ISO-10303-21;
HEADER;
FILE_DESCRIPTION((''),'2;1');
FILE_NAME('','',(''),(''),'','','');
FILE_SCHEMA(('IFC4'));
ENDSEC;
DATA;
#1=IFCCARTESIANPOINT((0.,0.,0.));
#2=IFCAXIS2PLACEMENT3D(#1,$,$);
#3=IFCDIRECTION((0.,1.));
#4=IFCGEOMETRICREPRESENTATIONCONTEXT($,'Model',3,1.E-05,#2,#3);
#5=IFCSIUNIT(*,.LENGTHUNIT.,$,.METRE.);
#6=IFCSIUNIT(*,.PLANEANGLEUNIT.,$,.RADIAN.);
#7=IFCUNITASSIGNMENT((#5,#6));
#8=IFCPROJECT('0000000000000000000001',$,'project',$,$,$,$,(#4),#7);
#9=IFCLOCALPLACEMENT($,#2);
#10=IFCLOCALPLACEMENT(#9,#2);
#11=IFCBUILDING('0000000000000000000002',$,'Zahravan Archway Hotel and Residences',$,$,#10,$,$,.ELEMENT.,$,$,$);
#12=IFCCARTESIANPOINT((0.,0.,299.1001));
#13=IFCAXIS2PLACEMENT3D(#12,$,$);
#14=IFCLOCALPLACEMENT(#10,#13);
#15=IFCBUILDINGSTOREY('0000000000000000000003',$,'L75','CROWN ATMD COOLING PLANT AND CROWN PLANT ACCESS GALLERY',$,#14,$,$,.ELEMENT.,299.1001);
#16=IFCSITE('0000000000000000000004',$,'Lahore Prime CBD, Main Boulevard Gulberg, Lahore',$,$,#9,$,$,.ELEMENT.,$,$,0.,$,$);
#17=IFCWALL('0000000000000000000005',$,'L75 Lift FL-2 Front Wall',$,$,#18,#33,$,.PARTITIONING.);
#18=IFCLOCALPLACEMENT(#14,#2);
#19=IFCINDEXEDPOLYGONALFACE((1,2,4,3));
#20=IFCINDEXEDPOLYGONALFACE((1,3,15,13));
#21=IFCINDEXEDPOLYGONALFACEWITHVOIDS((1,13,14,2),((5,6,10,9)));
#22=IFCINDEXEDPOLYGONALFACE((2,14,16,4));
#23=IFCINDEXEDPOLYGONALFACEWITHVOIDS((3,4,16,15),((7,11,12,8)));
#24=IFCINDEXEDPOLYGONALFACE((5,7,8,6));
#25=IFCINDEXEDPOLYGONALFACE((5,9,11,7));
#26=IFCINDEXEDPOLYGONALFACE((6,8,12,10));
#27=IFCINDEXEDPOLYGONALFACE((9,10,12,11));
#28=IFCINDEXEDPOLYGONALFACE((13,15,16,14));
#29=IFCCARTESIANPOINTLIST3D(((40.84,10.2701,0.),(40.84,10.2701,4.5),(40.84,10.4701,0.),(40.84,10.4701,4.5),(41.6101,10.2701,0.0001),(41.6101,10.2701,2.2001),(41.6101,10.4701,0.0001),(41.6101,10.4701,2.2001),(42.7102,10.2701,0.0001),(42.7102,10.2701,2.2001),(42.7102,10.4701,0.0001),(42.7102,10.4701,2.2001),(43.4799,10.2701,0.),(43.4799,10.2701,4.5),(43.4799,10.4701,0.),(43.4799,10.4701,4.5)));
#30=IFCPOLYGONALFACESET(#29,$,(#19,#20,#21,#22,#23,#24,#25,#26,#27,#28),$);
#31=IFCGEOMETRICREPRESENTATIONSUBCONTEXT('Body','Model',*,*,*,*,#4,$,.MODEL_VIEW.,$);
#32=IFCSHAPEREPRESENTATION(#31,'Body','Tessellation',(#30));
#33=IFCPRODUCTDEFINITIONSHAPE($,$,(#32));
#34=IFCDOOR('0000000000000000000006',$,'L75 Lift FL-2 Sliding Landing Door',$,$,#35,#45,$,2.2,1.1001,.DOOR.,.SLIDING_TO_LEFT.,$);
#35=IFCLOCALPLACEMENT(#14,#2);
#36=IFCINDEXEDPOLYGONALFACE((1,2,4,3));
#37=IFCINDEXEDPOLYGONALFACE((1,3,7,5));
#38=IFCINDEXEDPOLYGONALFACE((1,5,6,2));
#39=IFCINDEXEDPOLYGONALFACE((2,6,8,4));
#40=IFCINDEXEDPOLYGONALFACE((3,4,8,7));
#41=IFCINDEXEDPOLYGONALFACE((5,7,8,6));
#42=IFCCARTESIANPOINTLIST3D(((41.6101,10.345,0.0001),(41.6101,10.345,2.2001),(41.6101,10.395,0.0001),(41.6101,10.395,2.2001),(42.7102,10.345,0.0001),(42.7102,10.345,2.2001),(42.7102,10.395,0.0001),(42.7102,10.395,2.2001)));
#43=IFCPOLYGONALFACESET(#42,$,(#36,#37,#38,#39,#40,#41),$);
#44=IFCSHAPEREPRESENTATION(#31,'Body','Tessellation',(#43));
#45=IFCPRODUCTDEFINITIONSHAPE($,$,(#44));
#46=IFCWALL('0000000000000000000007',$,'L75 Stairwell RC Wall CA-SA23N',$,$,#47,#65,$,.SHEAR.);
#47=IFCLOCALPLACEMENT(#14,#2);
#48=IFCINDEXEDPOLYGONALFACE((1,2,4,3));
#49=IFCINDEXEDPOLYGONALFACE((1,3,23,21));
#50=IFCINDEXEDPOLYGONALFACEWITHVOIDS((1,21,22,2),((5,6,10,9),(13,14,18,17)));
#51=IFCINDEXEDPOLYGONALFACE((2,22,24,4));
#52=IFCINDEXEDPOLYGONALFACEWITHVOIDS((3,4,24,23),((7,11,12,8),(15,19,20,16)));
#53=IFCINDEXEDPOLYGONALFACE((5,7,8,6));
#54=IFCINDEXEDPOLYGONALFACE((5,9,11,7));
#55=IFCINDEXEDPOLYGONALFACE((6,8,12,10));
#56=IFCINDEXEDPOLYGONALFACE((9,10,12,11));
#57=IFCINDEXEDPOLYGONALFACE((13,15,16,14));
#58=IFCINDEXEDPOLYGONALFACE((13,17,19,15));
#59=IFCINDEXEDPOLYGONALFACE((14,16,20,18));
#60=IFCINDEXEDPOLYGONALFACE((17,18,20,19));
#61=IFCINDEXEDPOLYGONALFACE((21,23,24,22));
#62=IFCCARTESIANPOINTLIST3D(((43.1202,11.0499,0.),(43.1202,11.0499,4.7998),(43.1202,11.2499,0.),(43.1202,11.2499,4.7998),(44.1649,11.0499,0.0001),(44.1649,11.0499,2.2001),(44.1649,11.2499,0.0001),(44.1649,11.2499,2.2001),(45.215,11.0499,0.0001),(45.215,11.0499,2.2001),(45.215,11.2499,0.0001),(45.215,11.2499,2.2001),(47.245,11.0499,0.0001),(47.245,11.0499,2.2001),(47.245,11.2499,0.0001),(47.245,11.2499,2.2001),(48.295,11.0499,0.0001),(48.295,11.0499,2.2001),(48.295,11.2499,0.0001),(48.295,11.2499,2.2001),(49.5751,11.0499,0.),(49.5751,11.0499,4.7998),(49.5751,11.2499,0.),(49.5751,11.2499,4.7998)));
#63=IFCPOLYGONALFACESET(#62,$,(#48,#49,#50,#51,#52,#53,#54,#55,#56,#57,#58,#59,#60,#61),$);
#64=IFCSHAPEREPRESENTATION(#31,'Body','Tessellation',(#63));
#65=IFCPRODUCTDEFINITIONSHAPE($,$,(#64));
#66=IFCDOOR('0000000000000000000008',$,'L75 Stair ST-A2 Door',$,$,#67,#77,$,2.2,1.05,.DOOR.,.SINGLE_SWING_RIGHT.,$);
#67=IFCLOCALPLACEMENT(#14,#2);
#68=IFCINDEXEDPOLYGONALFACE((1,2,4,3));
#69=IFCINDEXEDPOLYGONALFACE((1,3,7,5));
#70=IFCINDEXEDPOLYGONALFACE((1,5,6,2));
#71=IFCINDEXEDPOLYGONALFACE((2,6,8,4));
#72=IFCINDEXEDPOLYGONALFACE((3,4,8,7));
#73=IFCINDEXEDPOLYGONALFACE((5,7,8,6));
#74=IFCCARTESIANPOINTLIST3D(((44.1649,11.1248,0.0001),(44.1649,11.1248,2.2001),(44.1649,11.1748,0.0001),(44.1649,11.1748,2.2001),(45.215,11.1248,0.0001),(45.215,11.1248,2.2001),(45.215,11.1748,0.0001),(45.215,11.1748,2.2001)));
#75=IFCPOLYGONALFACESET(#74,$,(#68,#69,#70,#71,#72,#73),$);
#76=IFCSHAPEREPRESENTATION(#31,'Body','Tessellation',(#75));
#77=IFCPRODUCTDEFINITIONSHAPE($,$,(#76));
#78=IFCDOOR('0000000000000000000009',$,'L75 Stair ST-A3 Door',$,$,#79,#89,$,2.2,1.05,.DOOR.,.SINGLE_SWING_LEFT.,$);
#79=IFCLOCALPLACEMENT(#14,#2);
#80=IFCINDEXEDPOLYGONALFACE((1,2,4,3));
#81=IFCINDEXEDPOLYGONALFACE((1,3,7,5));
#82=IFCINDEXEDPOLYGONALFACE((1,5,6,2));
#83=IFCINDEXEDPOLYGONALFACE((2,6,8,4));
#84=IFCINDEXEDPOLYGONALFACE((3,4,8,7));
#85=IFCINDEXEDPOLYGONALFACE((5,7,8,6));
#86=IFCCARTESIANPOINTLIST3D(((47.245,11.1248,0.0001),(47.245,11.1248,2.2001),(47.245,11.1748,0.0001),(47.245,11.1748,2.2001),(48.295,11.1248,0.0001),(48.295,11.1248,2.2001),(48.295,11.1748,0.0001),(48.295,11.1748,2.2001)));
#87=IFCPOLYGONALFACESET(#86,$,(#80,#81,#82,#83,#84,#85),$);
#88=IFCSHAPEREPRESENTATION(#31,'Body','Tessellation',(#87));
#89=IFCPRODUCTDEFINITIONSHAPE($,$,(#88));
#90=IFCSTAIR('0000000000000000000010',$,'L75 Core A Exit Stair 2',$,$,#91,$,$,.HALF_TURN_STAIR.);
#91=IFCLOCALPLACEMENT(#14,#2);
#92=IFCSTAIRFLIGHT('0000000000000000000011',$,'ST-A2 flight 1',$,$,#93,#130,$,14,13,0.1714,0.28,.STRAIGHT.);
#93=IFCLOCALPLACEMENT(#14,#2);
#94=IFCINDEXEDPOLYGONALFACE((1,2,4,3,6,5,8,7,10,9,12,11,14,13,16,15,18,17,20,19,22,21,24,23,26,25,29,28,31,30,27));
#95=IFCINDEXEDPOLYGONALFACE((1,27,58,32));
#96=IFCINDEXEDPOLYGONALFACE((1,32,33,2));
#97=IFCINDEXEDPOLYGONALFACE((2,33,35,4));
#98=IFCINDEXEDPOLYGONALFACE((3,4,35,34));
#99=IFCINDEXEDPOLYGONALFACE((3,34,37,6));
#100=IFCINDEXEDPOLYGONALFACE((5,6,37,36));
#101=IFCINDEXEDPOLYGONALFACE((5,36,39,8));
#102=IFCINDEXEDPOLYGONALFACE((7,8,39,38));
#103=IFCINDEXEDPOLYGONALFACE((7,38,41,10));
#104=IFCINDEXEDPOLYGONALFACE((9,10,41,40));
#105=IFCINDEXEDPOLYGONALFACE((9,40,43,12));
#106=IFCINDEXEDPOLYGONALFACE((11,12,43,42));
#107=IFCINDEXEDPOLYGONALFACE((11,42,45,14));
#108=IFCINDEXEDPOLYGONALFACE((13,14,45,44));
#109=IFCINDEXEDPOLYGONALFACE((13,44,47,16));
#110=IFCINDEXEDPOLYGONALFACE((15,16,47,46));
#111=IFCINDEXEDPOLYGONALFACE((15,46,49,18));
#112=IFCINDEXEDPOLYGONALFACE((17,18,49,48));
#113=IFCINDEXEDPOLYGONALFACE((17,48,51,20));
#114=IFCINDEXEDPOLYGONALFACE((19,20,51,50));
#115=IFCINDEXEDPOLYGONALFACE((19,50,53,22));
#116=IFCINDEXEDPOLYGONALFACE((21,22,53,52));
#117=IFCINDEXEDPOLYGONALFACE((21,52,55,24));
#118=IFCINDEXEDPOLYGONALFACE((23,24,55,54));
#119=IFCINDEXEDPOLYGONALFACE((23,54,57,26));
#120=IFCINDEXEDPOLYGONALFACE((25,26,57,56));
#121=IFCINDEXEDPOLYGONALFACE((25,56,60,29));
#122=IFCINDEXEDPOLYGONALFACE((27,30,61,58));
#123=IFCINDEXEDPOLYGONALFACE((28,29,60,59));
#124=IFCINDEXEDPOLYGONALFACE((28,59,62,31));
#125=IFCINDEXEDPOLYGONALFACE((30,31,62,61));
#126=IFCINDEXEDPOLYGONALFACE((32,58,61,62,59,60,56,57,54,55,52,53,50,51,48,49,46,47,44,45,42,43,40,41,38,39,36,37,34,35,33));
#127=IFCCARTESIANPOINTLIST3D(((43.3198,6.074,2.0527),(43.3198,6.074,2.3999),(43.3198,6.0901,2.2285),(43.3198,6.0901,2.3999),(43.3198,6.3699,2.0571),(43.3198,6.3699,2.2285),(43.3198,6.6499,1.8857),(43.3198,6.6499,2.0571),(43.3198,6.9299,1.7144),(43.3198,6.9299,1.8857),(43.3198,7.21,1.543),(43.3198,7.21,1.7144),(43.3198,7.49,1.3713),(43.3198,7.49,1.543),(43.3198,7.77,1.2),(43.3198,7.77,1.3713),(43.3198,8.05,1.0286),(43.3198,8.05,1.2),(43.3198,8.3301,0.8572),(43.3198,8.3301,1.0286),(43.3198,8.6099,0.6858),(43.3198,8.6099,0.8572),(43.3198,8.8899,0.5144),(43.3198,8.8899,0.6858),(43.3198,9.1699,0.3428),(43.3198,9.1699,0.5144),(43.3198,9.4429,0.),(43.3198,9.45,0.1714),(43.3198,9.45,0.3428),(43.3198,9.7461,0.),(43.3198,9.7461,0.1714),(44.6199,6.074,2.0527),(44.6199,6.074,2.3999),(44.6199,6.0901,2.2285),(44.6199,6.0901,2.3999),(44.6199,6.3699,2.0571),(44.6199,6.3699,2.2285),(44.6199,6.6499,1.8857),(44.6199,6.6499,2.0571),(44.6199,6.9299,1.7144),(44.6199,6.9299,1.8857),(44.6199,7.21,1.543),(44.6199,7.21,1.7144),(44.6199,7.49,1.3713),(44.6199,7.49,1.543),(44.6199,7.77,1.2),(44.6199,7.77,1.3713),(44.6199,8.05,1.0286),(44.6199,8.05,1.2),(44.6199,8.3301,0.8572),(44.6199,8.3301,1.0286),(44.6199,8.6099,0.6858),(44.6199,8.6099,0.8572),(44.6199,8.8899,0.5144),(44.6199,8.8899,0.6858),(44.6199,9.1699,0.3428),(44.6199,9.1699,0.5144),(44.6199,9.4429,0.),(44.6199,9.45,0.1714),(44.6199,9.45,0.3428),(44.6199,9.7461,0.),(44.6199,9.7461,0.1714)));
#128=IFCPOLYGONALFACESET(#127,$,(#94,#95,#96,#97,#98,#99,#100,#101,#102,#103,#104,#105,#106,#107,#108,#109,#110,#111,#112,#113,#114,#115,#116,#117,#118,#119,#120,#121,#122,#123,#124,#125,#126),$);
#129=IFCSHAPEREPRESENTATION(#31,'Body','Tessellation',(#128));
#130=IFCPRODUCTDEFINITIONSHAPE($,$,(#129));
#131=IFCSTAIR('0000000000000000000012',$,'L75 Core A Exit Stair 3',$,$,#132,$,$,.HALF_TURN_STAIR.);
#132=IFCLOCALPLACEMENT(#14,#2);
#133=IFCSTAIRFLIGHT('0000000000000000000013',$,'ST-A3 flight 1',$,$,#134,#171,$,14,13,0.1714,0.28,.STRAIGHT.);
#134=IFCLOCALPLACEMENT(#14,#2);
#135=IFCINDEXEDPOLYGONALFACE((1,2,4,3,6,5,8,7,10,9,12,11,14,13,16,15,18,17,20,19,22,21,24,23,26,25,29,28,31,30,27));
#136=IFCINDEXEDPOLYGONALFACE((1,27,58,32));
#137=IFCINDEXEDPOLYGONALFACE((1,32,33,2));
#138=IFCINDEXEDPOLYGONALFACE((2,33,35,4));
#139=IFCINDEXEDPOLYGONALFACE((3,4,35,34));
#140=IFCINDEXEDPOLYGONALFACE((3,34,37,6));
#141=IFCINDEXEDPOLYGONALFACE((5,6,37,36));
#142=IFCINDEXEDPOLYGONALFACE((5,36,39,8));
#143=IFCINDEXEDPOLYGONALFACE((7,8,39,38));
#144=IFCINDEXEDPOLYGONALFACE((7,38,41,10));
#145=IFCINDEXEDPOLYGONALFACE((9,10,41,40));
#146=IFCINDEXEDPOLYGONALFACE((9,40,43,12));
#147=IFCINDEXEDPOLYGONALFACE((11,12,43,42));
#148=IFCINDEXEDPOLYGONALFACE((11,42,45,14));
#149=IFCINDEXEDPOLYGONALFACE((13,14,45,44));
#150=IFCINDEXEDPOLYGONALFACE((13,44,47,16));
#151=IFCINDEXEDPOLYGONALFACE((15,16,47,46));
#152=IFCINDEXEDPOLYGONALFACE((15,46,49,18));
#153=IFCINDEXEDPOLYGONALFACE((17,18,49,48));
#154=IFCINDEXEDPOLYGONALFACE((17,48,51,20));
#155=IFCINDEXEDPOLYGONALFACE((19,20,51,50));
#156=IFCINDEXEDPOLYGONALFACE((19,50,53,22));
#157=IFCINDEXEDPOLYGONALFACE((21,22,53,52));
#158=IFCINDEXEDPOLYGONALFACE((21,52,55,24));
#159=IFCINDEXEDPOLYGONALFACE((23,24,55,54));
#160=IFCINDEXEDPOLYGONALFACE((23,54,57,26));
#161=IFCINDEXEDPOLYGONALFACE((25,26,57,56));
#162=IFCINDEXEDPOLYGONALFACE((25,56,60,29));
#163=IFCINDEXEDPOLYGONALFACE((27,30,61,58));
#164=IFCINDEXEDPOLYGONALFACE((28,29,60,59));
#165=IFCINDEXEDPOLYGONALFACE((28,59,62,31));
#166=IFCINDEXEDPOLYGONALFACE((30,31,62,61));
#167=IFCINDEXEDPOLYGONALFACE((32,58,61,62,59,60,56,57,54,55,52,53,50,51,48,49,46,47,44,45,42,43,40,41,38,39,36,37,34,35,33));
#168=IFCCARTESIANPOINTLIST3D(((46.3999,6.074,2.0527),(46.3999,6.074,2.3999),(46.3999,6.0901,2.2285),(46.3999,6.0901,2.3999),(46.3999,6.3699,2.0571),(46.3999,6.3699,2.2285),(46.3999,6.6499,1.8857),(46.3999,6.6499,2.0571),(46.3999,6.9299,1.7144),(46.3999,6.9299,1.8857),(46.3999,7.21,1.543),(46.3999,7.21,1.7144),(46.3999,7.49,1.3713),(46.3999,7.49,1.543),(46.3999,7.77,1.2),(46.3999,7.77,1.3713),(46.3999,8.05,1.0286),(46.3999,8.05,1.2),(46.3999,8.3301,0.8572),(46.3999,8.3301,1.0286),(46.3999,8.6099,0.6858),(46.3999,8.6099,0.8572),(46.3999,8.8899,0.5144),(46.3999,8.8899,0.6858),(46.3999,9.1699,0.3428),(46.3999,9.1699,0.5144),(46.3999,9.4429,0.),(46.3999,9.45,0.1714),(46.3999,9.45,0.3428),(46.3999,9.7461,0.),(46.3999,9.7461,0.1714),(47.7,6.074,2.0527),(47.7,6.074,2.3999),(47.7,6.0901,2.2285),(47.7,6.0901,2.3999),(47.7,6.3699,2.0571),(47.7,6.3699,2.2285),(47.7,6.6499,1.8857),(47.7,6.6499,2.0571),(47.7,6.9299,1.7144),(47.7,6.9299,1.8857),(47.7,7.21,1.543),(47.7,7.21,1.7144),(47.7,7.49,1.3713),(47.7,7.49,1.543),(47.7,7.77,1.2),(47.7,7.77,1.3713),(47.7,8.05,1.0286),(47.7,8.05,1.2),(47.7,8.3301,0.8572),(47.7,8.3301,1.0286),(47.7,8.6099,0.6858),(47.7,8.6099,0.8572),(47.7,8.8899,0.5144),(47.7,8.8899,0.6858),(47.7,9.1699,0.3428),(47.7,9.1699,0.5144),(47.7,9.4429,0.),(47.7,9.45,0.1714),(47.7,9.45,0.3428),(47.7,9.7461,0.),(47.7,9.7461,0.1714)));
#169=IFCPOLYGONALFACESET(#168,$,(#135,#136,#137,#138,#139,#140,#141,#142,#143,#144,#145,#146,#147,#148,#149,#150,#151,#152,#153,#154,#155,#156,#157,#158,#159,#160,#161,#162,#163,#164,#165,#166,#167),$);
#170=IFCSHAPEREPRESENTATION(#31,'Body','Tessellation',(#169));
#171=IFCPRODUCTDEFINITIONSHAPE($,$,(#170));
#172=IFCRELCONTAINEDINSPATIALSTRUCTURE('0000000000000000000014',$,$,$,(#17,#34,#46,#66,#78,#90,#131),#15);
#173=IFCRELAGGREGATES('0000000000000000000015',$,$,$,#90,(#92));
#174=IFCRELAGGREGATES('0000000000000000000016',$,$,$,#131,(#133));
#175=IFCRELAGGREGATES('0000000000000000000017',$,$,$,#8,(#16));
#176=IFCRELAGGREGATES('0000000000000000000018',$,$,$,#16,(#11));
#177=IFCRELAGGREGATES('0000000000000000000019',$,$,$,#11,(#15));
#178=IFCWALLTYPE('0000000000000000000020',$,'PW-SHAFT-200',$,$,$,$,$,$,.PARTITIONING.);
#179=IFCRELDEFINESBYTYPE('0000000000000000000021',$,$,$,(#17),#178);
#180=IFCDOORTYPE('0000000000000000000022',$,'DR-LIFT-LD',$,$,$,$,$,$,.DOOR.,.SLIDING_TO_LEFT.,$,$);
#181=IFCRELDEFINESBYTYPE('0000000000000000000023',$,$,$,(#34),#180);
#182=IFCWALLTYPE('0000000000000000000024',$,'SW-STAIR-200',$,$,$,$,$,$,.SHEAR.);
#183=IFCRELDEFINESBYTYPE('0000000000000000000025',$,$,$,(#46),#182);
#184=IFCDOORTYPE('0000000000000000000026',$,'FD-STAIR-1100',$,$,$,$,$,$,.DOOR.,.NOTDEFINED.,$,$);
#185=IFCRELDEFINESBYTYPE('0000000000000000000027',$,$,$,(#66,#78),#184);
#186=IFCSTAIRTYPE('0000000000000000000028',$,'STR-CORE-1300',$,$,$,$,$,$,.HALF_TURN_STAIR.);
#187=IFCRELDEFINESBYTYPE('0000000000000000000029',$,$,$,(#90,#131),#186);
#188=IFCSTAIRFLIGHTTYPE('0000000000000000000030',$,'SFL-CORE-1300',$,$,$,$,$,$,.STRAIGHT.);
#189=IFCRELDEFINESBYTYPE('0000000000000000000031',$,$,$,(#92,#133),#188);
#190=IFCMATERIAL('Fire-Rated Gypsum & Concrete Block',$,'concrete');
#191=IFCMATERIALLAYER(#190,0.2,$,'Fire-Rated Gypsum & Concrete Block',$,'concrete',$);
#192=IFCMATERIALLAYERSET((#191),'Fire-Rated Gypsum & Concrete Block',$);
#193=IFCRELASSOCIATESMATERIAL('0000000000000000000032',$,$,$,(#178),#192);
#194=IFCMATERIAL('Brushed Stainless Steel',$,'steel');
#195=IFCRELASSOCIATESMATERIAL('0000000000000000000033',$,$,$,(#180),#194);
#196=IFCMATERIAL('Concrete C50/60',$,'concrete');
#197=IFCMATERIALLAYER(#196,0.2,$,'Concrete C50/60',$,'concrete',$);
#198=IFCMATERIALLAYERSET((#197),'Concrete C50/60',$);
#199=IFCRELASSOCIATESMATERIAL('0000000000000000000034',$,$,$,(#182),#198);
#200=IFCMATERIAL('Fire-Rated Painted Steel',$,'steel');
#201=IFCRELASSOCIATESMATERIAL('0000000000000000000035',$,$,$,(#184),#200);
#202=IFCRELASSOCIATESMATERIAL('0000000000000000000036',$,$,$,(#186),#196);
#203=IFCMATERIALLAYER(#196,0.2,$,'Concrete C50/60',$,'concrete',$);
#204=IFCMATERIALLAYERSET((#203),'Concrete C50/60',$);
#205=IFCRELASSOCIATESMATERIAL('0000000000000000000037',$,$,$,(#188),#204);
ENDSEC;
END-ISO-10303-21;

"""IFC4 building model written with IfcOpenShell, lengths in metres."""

from ifc_helpers import new_model, si_unit, direction, frame, frame_2d, origin, place, context, subcontext, project, spatial, polyline, rectangle, outline, extrude, source, transform, mapped, material, layer, layer_set, type_object, type_shapes, element, fill, aggregate, save


model = new_model("IFC4")

# Units and contexts
model_context = context("Model", 3, precision=1e-05, world=origin(), true_north=direction((0.0, 1.0)))
body_context = subcontext(model_context, "Body", "Model", "MODEL_VIEW")
ifc_project = project(units=[si_unit("LENGTHUNIT", "METRE"), si_unit("PLANEANGLEUNIT", "RADIAN")], contexts=[model_context])

# Site, building, storey
site_placement = place(None, origin())
site = spatial("IfcSite", under=ifc_project, at=site_placement, Name="Lahore Prime CBD, Main Boulevard Gulberg, Lahore", CompositionType="ELEMENT", RefElevation=0.0)
building_placement = place(site_placement, origin())
building = spatial("IfcBuilding", under=site, at=building_placement, Name="Zahravan Archway Hotel and Residences", CompositionType="ELEMENT")
storey_placement = place(building_placement, frame((0.0, 0.0, 299.1001)))
storey = spatial("IfcBuildingStorey", under=building, at=storey_placement, Name="L75", Description="CROWN ATMD COOLING PLANT AND CROWN PLANT ACCESS GALLERY", CompositionType="ELEMENT", Elevation=299.1001)

# Wall, opening, door
ifc_material_1 = material(Name="Fire-Rated Gypsum & Concrete Block", Category="concrete")
ifc_material_2 = material(Name="Fire-Rated Painted Steel", Category="steel")
ifc_layer_1 = layer(ifc_material_1, 0.2, Name="Fire-Rated Gypsum & Concrete Block", Category="concrete")
ifc_layer_set_1 = layer_set([ifc_layer_1], Name="Fire-Rated Gypsum & Concrete Block")
wall_type_1 = type_object("IfcWallType", Name="PW-SHAFT-200", PredefinedType="PARTITIONING", material=ifc_layer_set_1)
wall_1_placement = place(storey_placement, frame((40.8401, 10.3701, 0.0), z_axis=(0.0, 0.0, 1.0), x_axis=(1.0, 0.0, 0.0)))
wall_1 = element("IfcWall", 1, at=wall_1_placement, inside=storey, type_object=wall_type_1, Name="L75 Lift FL-2 Front Wall", PredefinedType="PARTITIONING", context=body_context, shape_type="SweptSolid", body=[
    extrude(rectangle(XDim=2.6399, YDim=0.2, at=frame_2d((1.3198, 0.0))), origin(), (0.0, 0.0, 1.0), 4.5),
])
opening_1_placement = place(wall_1_placement, frame((0.77, 0.0, 0.0)))
opening_1 = element("IfcOpeningElement", 2, at=opening_1_placement, cuts=wall_1, PredefinedType="OPENING", context=body_context, shape_type="SweptSolid", body=[
    extrude(rectangle(XDim=1.1001, YDim=2.2, at=frame_2d((0.55, 1.1001))), frame((0.0, 0.1099, 0.0), z_axis=(0.0, -1.0, 0.0), x_axis=(1.0, 0.0, 0.0)), (0.0, 0.0, 1.0), 0.22),
])
ifc_material_3 = material(Name="Brushed Stainless Steel", Category="steel")
door_type_1 = type_object("IfcDoorType", Name="DR-LIFT-LD", OperationType="SLIDING_TO_LEFT", PredefinedType="DOOR", material=ifc_material_3)
shared_shape_1 = source(origin(), body_context, "Body", "SweptSolid", [
    extrude(rectangle(XDim=1.1001, YDim=2.2, at=frame_2d((0.55, 1.1001))), frame((0.0, 0.0249, 0.0), z_axis=(0.0, -1.0, 0.0), x_axis=(1.0, 0.0, 0.0)), (0.0, 0.0, 1.0), 0.05),
])
type_shapes(door_type_1, [shared_shape_1])
door_1_placement = place(opening_1_placement, origin())
door_1 = element("IfcDoor", 3, at=door_1_placement, inside=storey, type_object=door_type_1, Name="L75 Lift FL-2 Sliding Landing Door", OperationType="SLIDING_TO_LEFT", OverallHeight=2.2, OverallWidth=1.1001, PredefinedType="DOOR", context=body_context, shape_type="MappedRepresentation", body=[
    mapped(shared_shape_1, transform((0.0, 0.0, 0.0), scale=1.0)),
])
fill(opening_1, door_1)

# Wall, openings, doors
ifc_material_4 = material(Name="Concrete C50/60", Category="concrete")
ifc_layer_2 = layer(ifc_material_4, 0.2, Name="Concrete C50/60", Category="concrete")
ifc_layer_set_2 = layer_set([ifc_layer_2], Name="Concrete C50/60")
wall_type_2 = type_object("IfcWallType", Name="SW-STAIR-200", PredefinedType="SHEAR", material=ifc_layer_set_2)
wall_2_placement = place(storey_placement, frame((43.1201, 11.1499, 0.0), z_axis=(0.0, 0.0, 1.0), x_axis=(1.0, 0.0, 0.0)))
wall_2 = element("IfcWall", 4, at=wall_2_placement, inside=storey, type_object=wall_type_2, Name="L75 Stairwell RC Wall CA-SA23N", PredefinedType="SHEAR", context=body_context, shape_type="SweptSolid", body=[
    extrude(rectangle(XDim=6.4548, YDim=0.2, at=frame_2d((3.2275, 0.0))), origin(), (0.0, 0.0, 1.0), 4.7998),
])
opening_2_placement = place(wall_2_placement, frame((1.0449, 0.0, 0.0)))
opening_2 = element("IfcOpeningElement", 5, at=opening_2_placement, cuts=wall_2, PredefinedType="OPENING", context=body_context, shape_type="SweptSolid", body=[
    extrude(rectangle(XDim=1.05, YDim=2.2, at=frame_2d((0.5249, 1.1001))), frame((0.0, 0.1099, 0.0), z_axis=(0.0, -1.0, 0.0), x_axis=(1.0, 0.0, 0.0)), (0.0, 0.0, 1.0), 0.22),
])
opening_3_placement = place(wall_2_placement, frame((4.125, 0.0, 0.0)))
opening_3 = element("IfcOpeningElement", 6, at=opening_3_placement, cuts=wall_2, PredefinedType="OPENING", context=body_context, shape_type="SweptSolid", body=[
    extrude(rectangle(XDim=1.05, YDim=2.2, at=frame_2d((0.5249, 1.1001))), frame((0.0, 0.1099, 0.0), z_axis=(0.0, -1.0, 0.0), x_axis=(1.0, 0.0, 0.0)), (0.0, 0.0, 1.0), 0.22),
])
door_type_2 = type_object("IfcDoorType", Name="FD-STAIR-1100", OperationType="NOTDEFINED", PredefinedType="DOOR", material=ifc_material_2)
shared_shape_2 = source(origin(), body_context, "Body", "SweptSolid", [
    extrude(rectangle(XDim=1.05, YDim=2.2, at=frame_2d((0.5249, 1.1001))), frame((0.0, 0.0249, 0.0), z_axis=(0.0, -1.0, 0.0), x_axis=(1.0, 0.0, 0.0)), (0.0, 0.0, 1.0), 0.05),
])
type_shapes(door_type_2, [shared_shape_2])
door_2_placement = place(opening_2_placement, origin())
door_2 = element("IfcDoor", 7, at=door_2_placement, inside=storey, type_object=door_type_2, Name="L75 Stair ST-A2 Door", OperationType="SINGLE_SWING_RIGHT", OverallHeight=2.2, OverallWidth=1.05, PredefinedType="DOOR", context=body_context, shape_type="MappedRepresentation", body=[
    mapped(shared_shape_2, transform((0.0, 0.0, 0.0), scale=1.0)),
])
fill(opening_2, door_2)
door_3_placement = place(opening_3_placement, origin())
door_3 = element("IfcDoor", 8, at=door_3_placement, inside=storey, type_object=door_type_2, Name="L75 Stair ST-A3 Door", OperationType="SINGLE_SWING_LEFT", OverallHeight=2.2, OverallWidth=1.05, PredefinedType="DOOR", context=body_context, shape_type="MappedRepresentation", body=[
    mapped(shared_shape_2, transform((0.0, 0.0, 0.0), scale=1.0)),
])
fill(opening_3, door_3)

# Stairs, stair flights
stair_type = type_object("IfcStairType", Name="STR-CORE-1300", PredefinedType="HALF_TURN_STAIR", material=ifc_material_4)
stair_1_placement = place(storey_placement, origin())
stair_1 = element("IfcStair", 9, at=stair_1_placement, inside=storey, type_object=stair_type, Name="L75 Core A Exit Stair 2", PredefinedType="HALF_TURN_STAIR")
ifc_layer_3 = layer(ifc_material_4, 0.2, Name="Concrete C50/60", Category="concrete")
ifc_layer_set_3 = layer_set([ifc_layer_3], Name="Concrete C50/60")
stair_flight_type = type_object("IfcStairFlightType", Name="SFL-CORE-1300", PredefinedType="STRAIGHT", material=ifc_layer_set_3)
shared_shape_3 = source(origin(), body_context, "Body", "SweptSolid", [
    extrude(outline(polyline([(-0.0161, 0.0), (-0.0161, 0.1714), (0.28, 0.1714), (0.28, 0.3428), (0.5601, 0.3428), (0.5601, 0.5144), (0.8401, 0.5144), (0.8401, 0.6858), (1.1201, 0.6858), (1.1201, 0.8572), (1.3999, 0.8572), (1.3999, 1.0286), (1.6799, 1.0286), (1.6799, 1.2), (1.96, 1.2), (1.96, 1.3713), (2.24, 1.3713), (2.24, 1.543), (2.52, 1.543), (2.52, 1.7144), (2.8, 1.7144), (2.8, 1.8857), (3.0801, 1.8857), (3.0801, 2.0571), (3.3601, 2.0571), (3.3601, 2.2285), (3.6399, 2.2285), (3.6399, 2.3999), (3.656, 2.3999), (3.656, 2.0527), (0.2871, 0.0), (-0.0161, 0.0)])), frame((0.0, 0.6499, 0.0), z_axis=(0.0, -1.0, 0.0), x_axis=(1.0, 0.0, 0.0)), (0.0, 0.0, 1.0), 1.3),
])
stair_flight_1_placement = place(storey_placement, frame((43.97, 9.73, 0.0), z_axis=(0.0, 0.0, 1.0), x_axis=(0.0, -1.0, 0.0)))
stair_flight_1 = element("IfcStairFlight", 10, at=stair_flight_1_placement, type_object=stair_flight_type, Name="ST-A2 flight 1", NumberOfRisers=14, NumberOfTreads=13, PredefinedType="STRAIGHT", RiserHeight=0.1714, TreadLength=0.28, context=body_context, shape_type="MappedRepresentation", body=[
    mapped(shared_shape_3, transform((0.0, 0.0, 0.0), scale=1.0)),
])
aggregate(stair_1, [stair_flight_1])
stair_2_placement = place(storey_placement, origin())
stair_2 = element("IfcStair", 11, at=stair_2_placement, inside=storey, type_object=stair_type, Name="L75 Core A Exit Stair 3", PredefinedType="HALF_TURN_STAIR")
stair_flight_2_placement = place(storey_placement, frame((47.05, 9.73, 0.0), z_axis=(0.0, 0.0, 1.0), x_axis=(0.0, -1.0, 0.0)))
stair_flight_2 = element("IfcStairFlight", 12, at=stair_flight_2_placement, type_object=stair_flight_type, Name="ST-A3 flight 1", NumberOfRisers=14, NumberOfTreads=13, PredefinedType="STRAIGHT", RiserHeight=0.1714, TreadLength=0.28, context=body_context, shape_type="MappedRepresentation", body=[
    mapped(shared_shape_3, transform((0.0, 0.0, 0.0), scale=1.0)),
])
aggregate(stair_2, [stair_flight_2])

save(model, "model.ifc")
